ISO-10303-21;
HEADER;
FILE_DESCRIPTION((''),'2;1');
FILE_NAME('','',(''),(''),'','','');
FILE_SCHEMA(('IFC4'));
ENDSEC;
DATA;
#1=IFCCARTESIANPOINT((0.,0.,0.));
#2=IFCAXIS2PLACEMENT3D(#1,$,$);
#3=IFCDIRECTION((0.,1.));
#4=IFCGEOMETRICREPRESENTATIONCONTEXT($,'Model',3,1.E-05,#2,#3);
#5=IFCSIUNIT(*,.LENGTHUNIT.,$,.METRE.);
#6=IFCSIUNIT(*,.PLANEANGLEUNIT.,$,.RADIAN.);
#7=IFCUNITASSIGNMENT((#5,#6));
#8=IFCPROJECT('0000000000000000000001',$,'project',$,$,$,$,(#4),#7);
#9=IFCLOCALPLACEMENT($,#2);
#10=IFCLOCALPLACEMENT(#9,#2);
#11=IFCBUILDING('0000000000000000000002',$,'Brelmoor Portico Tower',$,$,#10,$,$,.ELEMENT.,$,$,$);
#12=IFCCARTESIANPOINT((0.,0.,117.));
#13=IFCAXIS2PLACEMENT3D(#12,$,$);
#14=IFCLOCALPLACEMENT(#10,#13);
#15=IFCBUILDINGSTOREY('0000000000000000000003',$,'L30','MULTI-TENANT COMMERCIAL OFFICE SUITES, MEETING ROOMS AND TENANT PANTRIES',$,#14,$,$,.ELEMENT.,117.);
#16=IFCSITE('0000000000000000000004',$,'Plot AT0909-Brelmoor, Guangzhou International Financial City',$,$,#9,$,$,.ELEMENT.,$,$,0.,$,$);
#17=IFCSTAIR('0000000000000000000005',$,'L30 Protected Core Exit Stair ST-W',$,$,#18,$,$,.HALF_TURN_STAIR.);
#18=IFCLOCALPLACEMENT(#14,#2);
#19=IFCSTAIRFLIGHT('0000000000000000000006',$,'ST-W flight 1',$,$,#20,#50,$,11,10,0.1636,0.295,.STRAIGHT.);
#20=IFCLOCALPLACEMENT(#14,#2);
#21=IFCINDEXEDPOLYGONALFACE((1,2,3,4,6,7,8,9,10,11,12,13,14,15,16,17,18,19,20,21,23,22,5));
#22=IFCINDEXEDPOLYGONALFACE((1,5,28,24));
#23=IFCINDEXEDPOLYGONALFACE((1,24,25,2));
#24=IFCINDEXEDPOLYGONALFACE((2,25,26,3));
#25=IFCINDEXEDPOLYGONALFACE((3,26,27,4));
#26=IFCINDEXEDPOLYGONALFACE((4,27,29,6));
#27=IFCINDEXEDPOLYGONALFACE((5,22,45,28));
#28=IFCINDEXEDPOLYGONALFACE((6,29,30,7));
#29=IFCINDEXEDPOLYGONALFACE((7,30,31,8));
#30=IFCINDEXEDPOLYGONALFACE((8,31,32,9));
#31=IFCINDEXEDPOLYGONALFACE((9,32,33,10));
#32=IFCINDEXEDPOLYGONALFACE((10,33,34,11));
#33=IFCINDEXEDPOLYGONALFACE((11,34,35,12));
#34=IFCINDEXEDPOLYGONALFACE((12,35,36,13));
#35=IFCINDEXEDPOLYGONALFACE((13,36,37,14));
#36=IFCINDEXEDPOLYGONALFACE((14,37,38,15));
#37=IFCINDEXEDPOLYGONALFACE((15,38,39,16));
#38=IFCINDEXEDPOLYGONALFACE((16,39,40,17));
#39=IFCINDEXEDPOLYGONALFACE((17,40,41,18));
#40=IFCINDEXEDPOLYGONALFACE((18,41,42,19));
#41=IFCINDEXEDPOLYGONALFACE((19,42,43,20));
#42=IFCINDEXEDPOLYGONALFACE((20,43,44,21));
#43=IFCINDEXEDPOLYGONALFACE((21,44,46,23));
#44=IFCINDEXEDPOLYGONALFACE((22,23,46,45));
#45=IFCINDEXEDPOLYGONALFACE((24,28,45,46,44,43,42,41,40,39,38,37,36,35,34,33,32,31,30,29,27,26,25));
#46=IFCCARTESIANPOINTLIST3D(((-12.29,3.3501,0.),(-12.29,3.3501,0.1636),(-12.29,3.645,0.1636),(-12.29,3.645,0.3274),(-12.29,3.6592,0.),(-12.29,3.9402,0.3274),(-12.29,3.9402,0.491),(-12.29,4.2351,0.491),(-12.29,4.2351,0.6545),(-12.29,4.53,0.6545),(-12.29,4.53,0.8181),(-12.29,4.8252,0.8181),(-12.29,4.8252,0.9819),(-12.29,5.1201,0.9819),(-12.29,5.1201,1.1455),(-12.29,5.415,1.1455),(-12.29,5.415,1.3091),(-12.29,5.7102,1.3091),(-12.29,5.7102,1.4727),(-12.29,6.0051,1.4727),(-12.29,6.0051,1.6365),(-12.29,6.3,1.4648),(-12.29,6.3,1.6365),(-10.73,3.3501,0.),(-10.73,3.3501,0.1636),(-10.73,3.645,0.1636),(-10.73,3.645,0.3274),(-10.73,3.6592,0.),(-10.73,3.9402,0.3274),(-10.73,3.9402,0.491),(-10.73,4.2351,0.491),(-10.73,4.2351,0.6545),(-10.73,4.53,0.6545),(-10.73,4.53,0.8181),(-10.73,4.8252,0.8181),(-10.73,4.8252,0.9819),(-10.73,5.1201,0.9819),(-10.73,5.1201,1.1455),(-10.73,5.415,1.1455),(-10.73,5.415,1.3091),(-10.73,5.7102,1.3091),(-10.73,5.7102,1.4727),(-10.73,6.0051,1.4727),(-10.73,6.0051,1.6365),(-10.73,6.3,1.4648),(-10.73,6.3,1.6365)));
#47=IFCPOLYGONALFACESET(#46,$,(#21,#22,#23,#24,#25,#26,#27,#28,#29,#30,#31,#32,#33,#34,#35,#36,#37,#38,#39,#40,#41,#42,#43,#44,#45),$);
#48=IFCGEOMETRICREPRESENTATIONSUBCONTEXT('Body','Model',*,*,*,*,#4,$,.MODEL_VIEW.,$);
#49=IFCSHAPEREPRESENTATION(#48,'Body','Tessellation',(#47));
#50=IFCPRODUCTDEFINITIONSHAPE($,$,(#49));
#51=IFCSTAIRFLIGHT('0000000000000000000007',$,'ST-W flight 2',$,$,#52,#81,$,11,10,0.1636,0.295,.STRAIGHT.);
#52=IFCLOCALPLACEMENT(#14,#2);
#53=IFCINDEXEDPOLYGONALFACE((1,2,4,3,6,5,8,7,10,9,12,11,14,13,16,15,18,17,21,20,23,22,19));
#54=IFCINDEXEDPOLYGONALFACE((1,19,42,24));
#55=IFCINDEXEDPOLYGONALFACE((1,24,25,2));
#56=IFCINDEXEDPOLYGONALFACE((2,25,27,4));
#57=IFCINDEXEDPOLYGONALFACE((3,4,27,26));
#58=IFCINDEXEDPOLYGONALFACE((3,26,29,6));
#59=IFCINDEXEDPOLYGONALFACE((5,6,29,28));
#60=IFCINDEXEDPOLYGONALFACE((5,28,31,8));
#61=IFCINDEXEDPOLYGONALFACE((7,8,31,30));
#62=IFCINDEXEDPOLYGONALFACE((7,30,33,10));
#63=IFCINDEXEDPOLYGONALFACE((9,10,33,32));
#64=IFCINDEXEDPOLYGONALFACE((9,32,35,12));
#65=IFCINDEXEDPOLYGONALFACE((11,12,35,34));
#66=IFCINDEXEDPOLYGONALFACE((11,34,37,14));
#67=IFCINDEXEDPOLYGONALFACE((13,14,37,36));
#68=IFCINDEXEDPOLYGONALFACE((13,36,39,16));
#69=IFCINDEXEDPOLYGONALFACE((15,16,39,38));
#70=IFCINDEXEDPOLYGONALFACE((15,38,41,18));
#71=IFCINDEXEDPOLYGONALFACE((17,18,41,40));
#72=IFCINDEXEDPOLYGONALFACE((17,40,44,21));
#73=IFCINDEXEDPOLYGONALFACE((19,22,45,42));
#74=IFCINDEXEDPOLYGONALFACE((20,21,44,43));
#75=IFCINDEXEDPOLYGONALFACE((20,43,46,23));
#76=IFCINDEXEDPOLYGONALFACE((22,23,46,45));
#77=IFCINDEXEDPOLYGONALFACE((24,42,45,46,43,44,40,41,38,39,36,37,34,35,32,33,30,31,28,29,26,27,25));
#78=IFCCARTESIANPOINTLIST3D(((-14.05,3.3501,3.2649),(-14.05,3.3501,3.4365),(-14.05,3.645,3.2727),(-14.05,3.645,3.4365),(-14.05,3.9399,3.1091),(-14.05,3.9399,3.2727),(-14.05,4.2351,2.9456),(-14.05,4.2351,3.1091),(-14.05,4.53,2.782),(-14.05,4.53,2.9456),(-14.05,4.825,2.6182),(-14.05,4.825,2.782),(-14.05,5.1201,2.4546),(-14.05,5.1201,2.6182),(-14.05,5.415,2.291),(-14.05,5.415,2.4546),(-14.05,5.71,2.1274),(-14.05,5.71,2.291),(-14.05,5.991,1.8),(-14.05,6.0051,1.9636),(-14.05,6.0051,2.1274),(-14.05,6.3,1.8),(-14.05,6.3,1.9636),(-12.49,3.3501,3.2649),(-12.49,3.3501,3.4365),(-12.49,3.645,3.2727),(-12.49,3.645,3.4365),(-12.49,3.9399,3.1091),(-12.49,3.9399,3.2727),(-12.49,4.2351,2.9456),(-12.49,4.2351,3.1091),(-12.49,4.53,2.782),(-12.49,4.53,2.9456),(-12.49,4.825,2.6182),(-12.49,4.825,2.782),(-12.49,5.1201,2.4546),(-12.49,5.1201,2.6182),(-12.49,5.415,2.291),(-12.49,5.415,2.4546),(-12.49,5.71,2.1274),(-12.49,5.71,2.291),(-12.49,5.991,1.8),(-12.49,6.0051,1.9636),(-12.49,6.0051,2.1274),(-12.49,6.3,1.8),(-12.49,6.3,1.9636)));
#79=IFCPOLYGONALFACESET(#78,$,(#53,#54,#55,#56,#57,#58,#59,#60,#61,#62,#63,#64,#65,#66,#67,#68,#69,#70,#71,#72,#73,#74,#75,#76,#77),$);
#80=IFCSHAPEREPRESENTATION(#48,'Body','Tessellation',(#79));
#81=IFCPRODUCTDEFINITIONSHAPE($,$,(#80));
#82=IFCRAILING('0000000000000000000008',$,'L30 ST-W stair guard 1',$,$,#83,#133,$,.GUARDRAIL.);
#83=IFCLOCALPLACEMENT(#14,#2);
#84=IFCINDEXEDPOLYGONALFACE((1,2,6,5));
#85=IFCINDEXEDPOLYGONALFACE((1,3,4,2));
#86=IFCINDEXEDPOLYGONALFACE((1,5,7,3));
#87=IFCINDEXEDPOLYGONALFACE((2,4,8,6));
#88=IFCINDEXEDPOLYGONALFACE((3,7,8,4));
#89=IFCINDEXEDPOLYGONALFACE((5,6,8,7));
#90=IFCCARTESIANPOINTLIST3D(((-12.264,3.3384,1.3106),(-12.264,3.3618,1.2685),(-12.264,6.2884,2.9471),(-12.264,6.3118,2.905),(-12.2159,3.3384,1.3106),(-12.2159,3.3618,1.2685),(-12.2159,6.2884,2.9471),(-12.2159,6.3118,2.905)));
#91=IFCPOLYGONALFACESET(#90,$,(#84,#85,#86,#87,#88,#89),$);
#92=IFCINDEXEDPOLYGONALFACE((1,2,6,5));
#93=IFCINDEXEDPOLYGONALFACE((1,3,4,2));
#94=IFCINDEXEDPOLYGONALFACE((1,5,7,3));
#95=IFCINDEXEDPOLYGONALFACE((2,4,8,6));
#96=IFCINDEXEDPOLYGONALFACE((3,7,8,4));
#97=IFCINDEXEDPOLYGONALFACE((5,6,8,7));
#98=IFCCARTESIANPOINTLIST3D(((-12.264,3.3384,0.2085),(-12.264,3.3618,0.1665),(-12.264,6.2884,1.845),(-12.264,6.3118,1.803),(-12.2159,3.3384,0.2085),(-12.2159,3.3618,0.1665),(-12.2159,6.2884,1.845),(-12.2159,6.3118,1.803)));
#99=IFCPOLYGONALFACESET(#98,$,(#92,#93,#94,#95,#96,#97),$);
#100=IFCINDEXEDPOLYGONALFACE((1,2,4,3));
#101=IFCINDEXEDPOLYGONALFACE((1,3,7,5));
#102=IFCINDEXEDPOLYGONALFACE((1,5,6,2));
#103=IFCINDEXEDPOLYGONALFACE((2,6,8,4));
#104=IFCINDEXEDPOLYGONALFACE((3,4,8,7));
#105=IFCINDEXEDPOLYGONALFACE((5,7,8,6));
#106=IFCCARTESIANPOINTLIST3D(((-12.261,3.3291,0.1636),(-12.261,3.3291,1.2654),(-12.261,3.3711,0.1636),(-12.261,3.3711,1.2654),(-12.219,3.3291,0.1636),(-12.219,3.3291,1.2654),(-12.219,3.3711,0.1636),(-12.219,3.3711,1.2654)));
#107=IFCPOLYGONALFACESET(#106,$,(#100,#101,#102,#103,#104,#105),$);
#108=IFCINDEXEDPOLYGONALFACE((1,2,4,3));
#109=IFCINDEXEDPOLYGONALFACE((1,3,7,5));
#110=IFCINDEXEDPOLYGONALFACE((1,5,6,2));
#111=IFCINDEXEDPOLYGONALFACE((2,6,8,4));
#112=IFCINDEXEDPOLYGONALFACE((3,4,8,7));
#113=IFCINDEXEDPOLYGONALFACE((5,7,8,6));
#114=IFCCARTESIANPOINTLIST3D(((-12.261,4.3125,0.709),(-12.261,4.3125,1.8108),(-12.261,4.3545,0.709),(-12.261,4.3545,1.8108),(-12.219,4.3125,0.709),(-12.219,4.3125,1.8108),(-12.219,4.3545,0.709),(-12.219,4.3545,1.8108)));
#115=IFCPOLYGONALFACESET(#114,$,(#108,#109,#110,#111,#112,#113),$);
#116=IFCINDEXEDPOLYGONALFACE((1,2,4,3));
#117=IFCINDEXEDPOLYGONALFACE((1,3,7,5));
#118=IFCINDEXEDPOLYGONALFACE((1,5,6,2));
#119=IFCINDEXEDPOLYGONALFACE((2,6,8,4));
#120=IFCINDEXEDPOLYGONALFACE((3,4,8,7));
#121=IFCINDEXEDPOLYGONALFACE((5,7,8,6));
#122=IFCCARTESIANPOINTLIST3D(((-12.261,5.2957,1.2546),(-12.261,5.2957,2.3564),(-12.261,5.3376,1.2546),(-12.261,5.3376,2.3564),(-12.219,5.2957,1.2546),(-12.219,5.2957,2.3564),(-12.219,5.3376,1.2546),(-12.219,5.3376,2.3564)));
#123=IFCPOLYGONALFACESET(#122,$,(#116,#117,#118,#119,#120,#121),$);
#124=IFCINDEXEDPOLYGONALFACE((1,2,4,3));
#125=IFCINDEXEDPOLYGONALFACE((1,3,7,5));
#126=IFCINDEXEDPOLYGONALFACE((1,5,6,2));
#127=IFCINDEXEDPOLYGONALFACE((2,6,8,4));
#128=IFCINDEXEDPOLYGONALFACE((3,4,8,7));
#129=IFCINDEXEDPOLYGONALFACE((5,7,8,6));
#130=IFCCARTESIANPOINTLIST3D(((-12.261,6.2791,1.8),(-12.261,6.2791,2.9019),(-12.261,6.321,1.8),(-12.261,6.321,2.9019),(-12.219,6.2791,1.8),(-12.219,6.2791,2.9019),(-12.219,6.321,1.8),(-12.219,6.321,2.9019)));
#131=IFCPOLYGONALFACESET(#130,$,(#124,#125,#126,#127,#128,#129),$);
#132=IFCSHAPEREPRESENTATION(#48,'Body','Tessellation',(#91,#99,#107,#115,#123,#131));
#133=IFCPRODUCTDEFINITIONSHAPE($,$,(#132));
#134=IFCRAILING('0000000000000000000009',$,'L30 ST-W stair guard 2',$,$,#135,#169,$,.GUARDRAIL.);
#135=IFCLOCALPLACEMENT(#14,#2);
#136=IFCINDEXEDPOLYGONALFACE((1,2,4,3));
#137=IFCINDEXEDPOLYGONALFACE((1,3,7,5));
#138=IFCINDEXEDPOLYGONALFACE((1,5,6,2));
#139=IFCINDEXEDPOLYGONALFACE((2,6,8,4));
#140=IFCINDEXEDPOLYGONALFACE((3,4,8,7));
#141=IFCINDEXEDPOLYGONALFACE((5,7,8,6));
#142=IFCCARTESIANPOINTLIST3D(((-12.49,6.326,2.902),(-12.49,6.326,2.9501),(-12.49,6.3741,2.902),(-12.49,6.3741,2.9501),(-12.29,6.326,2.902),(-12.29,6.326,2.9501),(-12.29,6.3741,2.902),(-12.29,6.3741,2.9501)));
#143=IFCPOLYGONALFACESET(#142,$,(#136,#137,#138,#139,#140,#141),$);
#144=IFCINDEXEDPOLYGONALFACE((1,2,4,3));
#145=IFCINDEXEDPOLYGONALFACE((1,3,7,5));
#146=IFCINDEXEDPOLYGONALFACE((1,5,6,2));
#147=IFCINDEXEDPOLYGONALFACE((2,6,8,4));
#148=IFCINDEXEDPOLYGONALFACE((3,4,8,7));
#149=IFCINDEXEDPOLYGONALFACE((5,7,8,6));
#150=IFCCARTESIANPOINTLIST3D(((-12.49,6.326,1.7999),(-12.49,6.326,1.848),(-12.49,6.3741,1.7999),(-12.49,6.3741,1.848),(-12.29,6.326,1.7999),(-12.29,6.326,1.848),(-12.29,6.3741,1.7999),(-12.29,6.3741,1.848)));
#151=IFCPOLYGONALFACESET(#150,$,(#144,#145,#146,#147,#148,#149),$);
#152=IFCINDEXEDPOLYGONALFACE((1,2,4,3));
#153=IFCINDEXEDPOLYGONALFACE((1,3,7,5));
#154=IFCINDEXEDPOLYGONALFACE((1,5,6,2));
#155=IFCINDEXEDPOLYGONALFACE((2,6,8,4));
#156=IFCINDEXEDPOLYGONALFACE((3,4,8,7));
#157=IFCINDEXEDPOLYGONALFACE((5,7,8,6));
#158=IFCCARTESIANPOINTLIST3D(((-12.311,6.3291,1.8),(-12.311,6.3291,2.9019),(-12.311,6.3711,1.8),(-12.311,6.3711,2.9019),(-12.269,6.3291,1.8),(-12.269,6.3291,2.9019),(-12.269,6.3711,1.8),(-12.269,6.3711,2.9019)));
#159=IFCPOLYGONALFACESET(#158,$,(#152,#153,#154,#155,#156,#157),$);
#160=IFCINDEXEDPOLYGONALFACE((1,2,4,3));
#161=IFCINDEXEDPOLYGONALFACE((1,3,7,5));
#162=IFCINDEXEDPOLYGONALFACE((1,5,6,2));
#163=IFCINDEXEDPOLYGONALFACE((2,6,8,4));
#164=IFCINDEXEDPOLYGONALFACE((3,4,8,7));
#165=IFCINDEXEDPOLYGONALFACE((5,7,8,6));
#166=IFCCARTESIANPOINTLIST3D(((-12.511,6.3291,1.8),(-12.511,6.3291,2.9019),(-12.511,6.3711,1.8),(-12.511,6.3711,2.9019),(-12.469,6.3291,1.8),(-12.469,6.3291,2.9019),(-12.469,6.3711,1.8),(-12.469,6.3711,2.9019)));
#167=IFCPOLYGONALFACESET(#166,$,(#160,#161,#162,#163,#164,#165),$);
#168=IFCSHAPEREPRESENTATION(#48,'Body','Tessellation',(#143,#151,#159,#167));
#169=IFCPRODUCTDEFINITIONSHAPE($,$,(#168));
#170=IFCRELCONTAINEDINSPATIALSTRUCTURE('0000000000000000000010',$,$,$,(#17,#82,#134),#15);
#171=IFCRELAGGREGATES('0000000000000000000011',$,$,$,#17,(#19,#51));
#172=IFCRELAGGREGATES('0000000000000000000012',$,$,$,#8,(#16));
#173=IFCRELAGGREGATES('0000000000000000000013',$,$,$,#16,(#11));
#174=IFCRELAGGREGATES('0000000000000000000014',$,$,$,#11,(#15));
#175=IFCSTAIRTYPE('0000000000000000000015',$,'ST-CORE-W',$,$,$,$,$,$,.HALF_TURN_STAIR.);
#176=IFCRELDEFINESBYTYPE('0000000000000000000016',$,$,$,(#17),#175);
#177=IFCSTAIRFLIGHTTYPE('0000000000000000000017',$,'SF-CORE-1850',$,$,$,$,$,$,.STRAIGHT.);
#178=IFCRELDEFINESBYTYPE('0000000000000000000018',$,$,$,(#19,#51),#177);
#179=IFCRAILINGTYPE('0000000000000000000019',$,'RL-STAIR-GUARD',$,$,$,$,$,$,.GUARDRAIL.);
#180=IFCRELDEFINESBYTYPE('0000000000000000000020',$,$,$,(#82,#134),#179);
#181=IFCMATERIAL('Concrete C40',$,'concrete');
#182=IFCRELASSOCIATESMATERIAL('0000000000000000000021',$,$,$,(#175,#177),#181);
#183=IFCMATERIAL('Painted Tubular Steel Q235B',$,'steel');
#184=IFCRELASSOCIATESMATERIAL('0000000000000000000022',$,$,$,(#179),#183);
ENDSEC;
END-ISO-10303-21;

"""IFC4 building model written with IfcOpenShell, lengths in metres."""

from ifc_helpers import new_model, si_unit, direction, frame, origin, origin_2d, place, context, subcontext, project, spatial, polyline, rectangle, outline, extrude, material, type_object, element, aggregate, save


model = new_model("IFC4")

# Units and contexts
model_context = context("Model", 3, precision=1e-05, world=origin(), true_north=direction((0.0, 1.0)))
body_context = subcontext(model_context, "Body", "Model", "MODEL_VIEW")
ifc_project = project(units=[si_unit("LENGTHUNIT", "METRE"), si_unit("PLANEANGLEUNIT", "RADIAN")], contexts=[model_context])

# Site, building, storey
site_placement = place(None, origin())
site = spatial("IfcSite", under=ifc_project, at=site_placement, Name="Plot AT0909-Brelmoor, Guangzhou International Financial City", CompositionType="ELEMENT", RefElevation=0.0)
building_placement = place(site_placement, origin())
building = spatial("IfcBuilding", under=site, at=building_placement, Name="Brelmoor Portico Tower", CompositionType="ELEMENT")
storey_placement = place(building_placement, frame((0.0, 0.0, 117.0)))
storey = spatial("IfcBuildingStorey", under=building, at=storey_placement, Name="L30", Description="MULTI-TENANT COMMERCIAL OFFICE SUITES, MEETING ROOMS AND TENANT PANTRIES", CompositionType="ELEMENT", Elevation=117.0)

# Shared definitions
ifc_material_1 = material(Name="Concrete C40", Category="concrete")

# Stair, stair flights
stair_type = type_object("IfcStairType", Name="ST-CORE-W", PredefinedType="HALF_TURN_STAIR", material=ifc_material_1)
stair_placement = place(storey_placement, origin())
stair = element("IfcStair", 1, at=stair_placement, inside=storey, type_object=stair_type, Name="L30 Protected Core Exit Stair ST-W", PredefinedType="HALF_TURN_STAIR")
stair_flight_type = type_object("IfcStairFlightType", Name="SF-CORE-1850", PredefinedType="STRAIGHT", material=ifc_material_1)
stair_flight_1_placement = place(storey_placement, frame((-11.51, 3.3501, 0.0), z_axis=(0.0, 0.0, 1.0), x_axis=(0.0, 1.0, 0.0)))
stair_flight_1 = element("IfcStairFlight", 2, at=stair_flight_1_placement, type_object=stair_flight_type, Name="ST-W flight 1", NumberOfRisers=11, NumberOfTreads=10, PredefinedType="STRAIGHT", RiserHeight=0.1636, TreadLength=0.295, context=body_context, shape_type="SweptSolid", body=[
    extrude(outline(polyline([(0.0, 0.0), (0.0, 0.1636), (0.2949, 0.1636), (0.2949, 0.3274), (0.5901, 0.3274), (0.5901, 0.491), (0.885, 0.491), (0.885, 0.6545), (1.1799, 0.6545), (1.1799, 0.8181), (1.4751, 0.8181), (1.4751, 0.9819), (1.77, 0.9819), (1.77, 1.1455), (2.0649, 1.1455), (2.0649, 1.3091), (2.3601, 1.3091), (2.3601, 1.4727), (2.655, 1.4727), (2.655, 1.6365), (2.95, 1.6365), (2.95, 1.8), (2.95, 1.4648), (0.3091, 0.0), (0.0, 0.0)])), frame((0.0, 0.78, 0.0), z_axis=(0.0, -1.0, 0.0), x_axis=(1.0, 0.0, 0.0)), (0.0, 0.0, 1.0), 1.5601),
])
stair_flight_2_placement = place(storey_placement, frame((-13.27, 6.3, 1.8), z_axis=(0.0, 0.0, 1.0), x_axis=(0.0, -1.0, 0.0)))
stair_flight_2 = element("IfcStairFlight", 3, at=stair_flight_2_placement, type_object=stair_flight_type, Name="ST-W flight 2", NumberOfRisers=11, NumberOfTreads=10, PredefinedType="STRAIGHT", RiserHeight=0.1636, TreadLength=0.295, context=body_context, shape_type="SweptSolid", body=[
    extrude(outline(polyline([(0.0, 0.0), (0.0, 0.1636), (0.2949, 0.1636), (0.2949, 0.3274), (0.5901, 0.3274), (0.5901, 0.491), (0.885, 0.491), (0.885, 0.6545), (1.1799, 0.6545), (1.1799, 0.8181), (1.4751, 0.8181), (1.4751, 0.9819), (1.77, 0.9819), (1.77, 1.1455), (2.0649, 1.1455), (2.0649, 1.3091), (2.3601, 1.3091), (2.3601, 1.4727), (2.655, 1.4727), (2.655, 1.6365), (2.95, 1.6365), (2.95, 1.8), (2.95, 1.4648), (0.3091, 0.0), (0.0, 0.0)])), frame((0.0, 0.78, 0.0), z_axis=(0.0, -1.0, 0.0), x_axis=(1.0, 0.0, 0.0)), (0.0, 0.0, 1.0), 1.5601),
])
aggregate(stair, [stair_flight_1, stair_flight_2])

# Railings
ifc_material_2 = material(Name="Painted Tubular Steel Q235B", Category="steel")
railing_type_1 = type_object("IfcRailingType", Name="RL-STAIR-GUARD", PredefinedType="GUARDRAIL", material=ifc_material_2)
railing_1_placement = place(storey_placement, frame((-12.24, 3.3501, 0.1636)))
element("IfcRailing", 4, at=railing_1_placement, inside=storey, type_object=railing_type_1, Name="L30 ST-W stair guard 1", PredefinedType="GUARDRAIL", context=body_context, shape_type="SweptSolid", body=[
    extrude(rectangle(XDim=0.0481, YDim=0.0481, at=origin_2d()), frame((0.0, 0.0, 1.126), z_axis=(0.0, 0.874458, 0.485102), x_axis=(-1.0, 0.0, 0.0)), (0.0, 0.0, 1.0), 3.3735),
    extrude(rectangle(XDim=0.0481, YDim=0.0481, at=origin_2d()), frame((0.0, 0.0, 0.0239), z_axis=(0.0, 0.874458, 0.485102), x_axis=(-1.0, 0.0, 0.0)), (0.0, 0.0, 1.0), 3.3735),
    extrude(rectangle(XDim=0.042, YDim=0.042, at=origin_2d()), origin(), (0.0, 0.0, 1.0), 1.1018),
    extrude(rectangle(XDim=0.042, YDim=0.042, at=origin_2d()), frame((0.0, 0.9834, 0.5454)), (0.0, 0.0, 1.0), 1.1018),
    extrude(rectangle(XDim=0.042, YDim=0.042, at=origin_2d()), frame((0.0, 1.9666, 1.0911)), (0.0, 0.0, 1.0), 1.1018),
    extrude(rectangle(XDim=0.042, YDim=0.042, at=origin_2d()), frame((0.0, 2.95, 1.6365)), (0.0, 0.0, 1.0), 1.1018),
])
railing_2_placement = place(storey_placement, frame((-12.29, 6.3501, 1.8)))
element("IfcRailing", 5, at=railing_2_placement, inside=storey, type_object=railing_type_1, Name="L30 ST-W stair guard 2", PredefinedType="GUARDRAIL", context=body_context, shape_type="SweptSolid", body=[
    extrude(rectangle(XDim=0.0481, YDim=0.0481, at=origin_2d()), frame((0.0, 0.0, 1.126), z_axis=(-1.0, 0.0, 0.0), x_axis=(0.0, -1.0, 0.0)), (0.0, 0.0, 1.0), 0.2),
    extrude(rectangle(XDim=0.0481, YDim=0.0481, at=origin_2d()), frame((0.0, 0.0, 0.0239), z_axis=(-1.0, 0.0, 0.0), x_axis=(0.0, -1.0, 0.0)), (0.0, 0.0, 1.0), 0.2),
    extrude(rectangle(XDim=0.042, YDim=0.042, at=origin_2d()), origin(), (0.0, 0.0, 1.0), 1.1018),
    extrude(rectangle(XDim=0.042, YDim=0.042, at=origin_2d()), frame((-0.2, 0.0, 0.0)), (0.0, 0.0, 1.0), 1.1018),
])

save(model, "model.ifc")
